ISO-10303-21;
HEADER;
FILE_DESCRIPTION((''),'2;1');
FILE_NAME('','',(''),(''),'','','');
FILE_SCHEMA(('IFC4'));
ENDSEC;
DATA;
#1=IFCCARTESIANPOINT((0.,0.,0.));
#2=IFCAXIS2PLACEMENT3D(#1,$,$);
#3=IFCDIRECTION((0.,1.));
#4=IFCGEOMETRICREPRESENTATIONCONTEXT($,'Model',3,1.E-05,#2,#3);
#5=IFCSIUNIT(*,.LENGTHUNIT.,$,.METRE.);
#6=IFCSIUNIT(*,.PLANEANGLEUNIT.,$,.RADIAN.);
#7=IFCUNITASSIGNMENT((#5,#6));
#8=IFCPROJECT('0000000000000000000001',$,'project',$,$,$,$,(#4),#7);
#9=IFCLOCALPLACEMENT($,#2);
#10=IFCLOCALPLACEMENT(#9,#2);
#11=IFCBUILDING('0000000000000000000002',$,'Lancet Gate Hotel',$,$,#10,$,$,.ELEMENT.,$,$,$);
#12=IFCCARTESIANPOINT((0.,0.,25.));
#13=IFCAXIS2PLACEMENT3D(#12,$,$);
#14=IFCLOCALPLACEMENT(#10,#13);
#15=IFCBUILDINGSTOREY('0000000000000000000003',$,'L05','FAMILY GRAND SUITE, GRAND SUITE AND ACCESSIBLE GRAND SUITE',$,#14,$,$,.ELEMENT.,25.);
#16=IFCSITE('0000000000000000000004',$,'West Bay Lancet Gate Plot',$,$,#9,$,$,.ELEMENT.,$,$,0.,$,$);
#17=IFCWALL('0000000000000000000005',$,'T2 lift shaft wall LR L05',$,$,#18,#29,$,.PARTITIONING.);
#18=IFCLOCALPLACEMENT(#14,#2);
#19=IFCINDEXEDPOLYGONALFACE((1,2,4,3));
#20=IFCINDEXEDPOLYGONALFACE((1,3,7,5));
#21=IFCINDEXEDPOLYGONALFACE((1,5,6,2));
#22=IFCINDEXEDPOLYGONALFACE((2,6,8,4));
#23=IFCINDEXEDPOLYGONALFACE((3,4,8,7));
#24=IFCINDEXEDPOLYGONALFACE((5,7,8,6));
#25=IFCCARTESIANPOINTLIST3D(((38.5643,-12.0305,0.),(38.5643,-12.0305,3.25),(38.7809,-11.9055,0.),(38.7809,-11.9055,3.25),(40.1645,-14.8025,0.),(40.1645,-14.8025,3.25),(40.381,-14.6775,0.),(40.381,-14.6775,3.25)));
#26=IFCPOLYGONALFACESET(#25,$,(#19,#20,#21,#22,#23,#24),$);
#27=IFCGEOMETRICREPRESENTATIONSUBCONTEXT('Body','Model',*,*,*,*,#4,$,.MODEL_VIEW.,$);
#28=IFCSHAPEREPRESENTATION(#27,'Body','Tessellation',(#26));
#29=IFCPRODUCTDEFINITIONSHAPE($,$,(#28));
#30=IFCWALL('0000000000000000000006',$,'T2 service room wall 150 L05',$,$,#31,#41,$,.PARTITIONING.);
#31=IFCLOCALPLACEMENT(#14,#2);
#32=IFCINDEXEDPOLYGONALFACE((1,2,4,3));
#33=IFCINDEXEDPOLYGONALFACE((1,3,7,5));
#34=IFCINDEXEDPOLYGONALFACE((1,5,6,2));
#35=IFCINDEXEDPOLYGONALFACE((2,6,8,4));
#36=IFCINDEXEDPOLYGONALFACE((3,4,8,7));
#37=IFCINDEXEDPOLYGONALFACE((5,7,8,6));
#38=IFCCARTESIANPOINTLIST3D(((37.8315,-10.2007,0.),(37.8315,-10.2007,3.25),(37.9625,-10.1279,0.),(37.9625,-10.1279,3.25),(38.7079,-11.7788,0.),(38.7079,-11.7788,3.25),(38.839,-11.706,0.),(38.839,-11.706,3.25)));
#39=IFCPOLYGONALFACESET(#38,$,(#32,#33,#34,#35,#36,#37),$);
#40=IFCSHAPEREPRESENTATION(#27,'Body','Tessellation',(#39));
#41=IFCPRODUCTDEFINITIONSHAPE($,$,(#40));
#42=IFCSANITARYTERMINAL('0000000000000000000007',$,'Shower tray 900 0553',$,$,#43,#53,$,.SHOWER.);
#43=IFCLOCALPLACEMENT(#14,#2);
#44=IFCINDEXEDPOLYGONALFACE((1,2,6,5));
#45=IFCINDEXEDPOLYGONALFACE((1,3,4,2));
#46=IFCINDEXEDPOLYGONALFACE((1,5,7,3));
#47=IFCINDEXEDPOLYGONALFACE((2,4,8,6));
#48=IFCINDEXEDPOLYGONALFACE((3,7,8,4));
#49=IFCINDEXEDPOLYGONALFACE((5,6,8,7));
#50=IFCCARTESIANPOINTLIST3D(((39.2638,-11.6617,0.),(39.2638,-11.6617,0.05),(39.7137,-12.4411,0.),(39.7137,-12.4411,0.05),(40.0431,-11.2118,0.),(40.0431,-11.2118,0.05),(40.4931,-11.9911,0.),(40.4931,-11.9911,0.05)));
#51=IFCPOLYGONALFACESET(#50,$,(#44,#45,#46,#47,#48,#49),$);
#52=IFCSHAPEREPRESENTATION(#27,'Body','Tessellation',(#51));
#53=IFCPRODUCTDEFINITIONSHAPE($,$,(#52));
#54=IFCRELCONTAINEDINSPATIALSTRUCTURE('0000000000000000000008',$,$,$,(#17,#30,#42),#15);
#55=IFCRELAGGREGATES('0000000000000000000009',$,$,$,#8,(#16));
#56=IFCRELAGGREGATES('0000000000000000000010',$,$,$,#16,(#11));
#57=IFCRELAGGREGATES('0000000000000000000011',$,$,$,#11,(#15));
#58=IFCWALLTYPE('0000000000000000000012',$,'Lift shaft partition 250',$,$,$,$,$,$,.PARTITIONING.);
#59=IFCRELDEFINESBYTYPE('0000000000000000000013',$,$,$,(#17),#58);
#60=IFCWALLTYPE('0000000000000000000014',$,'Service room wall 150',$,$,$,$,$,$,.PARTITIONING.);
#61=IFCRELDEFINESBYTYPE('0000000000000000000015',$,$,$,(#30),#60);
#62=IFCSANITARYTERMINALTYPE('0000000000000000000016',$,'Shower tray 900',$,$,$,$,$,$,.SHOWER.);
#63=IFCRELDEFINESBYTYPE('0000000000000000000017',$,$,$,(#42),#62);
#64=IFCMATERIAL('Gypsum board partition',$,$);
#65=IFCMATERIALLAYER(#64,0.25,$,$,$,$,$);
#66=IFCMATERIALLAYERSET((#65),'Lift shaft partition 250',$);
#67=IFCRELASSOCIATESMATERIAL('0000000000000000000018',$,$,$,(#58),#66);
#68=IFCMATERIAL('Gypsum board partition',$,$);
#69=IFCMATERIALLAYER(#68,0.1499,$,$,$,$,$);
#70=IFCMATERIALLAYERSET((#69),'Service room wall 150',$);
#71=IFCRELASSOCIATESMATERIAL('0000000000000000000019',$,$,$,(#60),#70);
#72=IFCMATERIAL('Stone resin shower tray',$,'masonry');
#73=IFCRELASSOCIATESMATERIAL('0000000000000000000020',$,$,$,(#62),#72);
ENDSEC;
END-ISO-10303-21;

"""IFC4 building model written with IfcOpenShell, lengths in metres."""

from ifc_helpers import new_model, si_unit, direction, frame, frame_2d, origin, origin_2d, place, context, subcontext, project, spatial, rectangle, extrude, material, layer, layer_set, type_object, element, save


model = new_model("IFC4")

# Units and contexts
model_context = context("Model", 3, precision=1e-05, world=origin(), true_north=direction((0.0, 1.0)))
body_context = subcontext(model_context, "Body", "Model", "MODEL_VIEW")
ifc_project = project(units=[si_unit("LENGTHUNIT", "METRE"), si_unit("PLANEANGLEUNIT", "RADIAN")], contexts=[model_context])

# Site, building, storey
site_placement = place(None, origin())
site = spatial("IfcSite", under=ifc_project, at=site_placement, Name="West Bay Lancet Gate Plot", CompositionType="ELEMENT", RefElevation=0.0)
building_placement = place(site_placement, origin())
building = spatial("IfcBuilding", under=site, at=building_placement, Name="Lancet Gate Hotel", CompositionType="ELEMENT")
storey_placement = place(building_placement, frame((0.0, 0.0, 25.0)))
storey = spatial("IfcBuildingStorey", under=building, at=storey_placement, Name="L05", Description="FAMILY GRAND SUITE, GRAND SUITE AND ACCESSIBLE GRAND SUITE", CompositionType="ELEMENT", Elevation=25.0)

# Walls
ifc_material_1 = material(Name="Gypsum board partition")
ifc_layer_1 = layer(ifc_material_1, 0.25)
ifc_layer_set_1 = layer_set([ifc_layer_1], Name="Lift shaft partition 250")
wall_type_1 = type_object("IfcWallType", Name="Lift shaft partition 250", PredefinedType="PARTITIONING", material=ifc_layer_set_1)
wall_1_placement = place(storey_placement, frame((38.6726, -11.968, 0.0), z_axis=(0.0, 0.0, 1.0), x_axis=(0.499929, -0.866066, 0.0)))
element("IfcWall", 1, at=wall_1_placement, inside=storey, type_object=wall_type_1, Name="T2 lift shaft wall LR L05", PredefinedType="PARTITIONING", context=body_context, shape_type="SweptSolid", body=[
    extrude(rectangle(XDim=3.2007, YDim=0.25, at=frame_2d((1.6003, 0.0))), origin(), (0.0, 0.0, 1.0), 3.25),
])
ifc_material_2 = material(Name="Gypsum board partition")
ifc_layer_2 = layer(ifc_material_2, 0.1499)
ifc_layer_set_2 = layer_set([ifc_layer_2], Name="Service room wall 150")
wall_type_2 = type_object("IfcWallType", Name="Service room wall 150", PredefinedType="PARTITIONING", material=ifc_layer_set_2)
wall_2_placement = place(storey_placement, frame((38.7734, -11.7424, 0.0), z_axis=(0.0, 0.0, 1.0), x_axis=(-0.485528, 0.874221, 0.0)))
element("IfcWall", 2, at=wall_2_placement, inside=storey, type_object=wall_type_2, Name="T2 service room wall 150 L05", PredefinedType="PARTITIONING", context=body_context, shape_type="SweptSolid", body=[
    extrude(rectangle(XDim=1.8052, YDim=0.1499, at=frame_2d((0.9026, 0.0))), origin(), (0.0, 0.0, 1.0), 3.25),
])

# Sanitary terminal
ifc_material_3 = material(Name="Stone resin shower tray", Category="masonry")
sanitary_terminal_type = type_object("IfcSanitaryTerminalType", Name="Shower tray 900", PredefinedType="SHOWER", material=ifc_material_3)
sanitary_terminal_placement = place(storey_placement, frame((39.8784, -11.8264, 0.0), z_axis=(0.0, 0.0, 1.0), x_axis=(-0.866025, -0.5, 0.0)))
element("IfcSanitaryTerminal", 3, at=sanitary_terminal_placement, inside=storey, type_object=sanitary_terminal_type, Name="Shower tray 900 0553", PredefinedType="SHOWER", context=body_context, shape_type="SweptSolid", body=[
    extrude(rectangle(XDim=0.8999, YDim=0.8999, at=origin_2d()), origin(), (0.0, 0.0, 1.0), 0.05),
])

save(model, "model.ifc")
